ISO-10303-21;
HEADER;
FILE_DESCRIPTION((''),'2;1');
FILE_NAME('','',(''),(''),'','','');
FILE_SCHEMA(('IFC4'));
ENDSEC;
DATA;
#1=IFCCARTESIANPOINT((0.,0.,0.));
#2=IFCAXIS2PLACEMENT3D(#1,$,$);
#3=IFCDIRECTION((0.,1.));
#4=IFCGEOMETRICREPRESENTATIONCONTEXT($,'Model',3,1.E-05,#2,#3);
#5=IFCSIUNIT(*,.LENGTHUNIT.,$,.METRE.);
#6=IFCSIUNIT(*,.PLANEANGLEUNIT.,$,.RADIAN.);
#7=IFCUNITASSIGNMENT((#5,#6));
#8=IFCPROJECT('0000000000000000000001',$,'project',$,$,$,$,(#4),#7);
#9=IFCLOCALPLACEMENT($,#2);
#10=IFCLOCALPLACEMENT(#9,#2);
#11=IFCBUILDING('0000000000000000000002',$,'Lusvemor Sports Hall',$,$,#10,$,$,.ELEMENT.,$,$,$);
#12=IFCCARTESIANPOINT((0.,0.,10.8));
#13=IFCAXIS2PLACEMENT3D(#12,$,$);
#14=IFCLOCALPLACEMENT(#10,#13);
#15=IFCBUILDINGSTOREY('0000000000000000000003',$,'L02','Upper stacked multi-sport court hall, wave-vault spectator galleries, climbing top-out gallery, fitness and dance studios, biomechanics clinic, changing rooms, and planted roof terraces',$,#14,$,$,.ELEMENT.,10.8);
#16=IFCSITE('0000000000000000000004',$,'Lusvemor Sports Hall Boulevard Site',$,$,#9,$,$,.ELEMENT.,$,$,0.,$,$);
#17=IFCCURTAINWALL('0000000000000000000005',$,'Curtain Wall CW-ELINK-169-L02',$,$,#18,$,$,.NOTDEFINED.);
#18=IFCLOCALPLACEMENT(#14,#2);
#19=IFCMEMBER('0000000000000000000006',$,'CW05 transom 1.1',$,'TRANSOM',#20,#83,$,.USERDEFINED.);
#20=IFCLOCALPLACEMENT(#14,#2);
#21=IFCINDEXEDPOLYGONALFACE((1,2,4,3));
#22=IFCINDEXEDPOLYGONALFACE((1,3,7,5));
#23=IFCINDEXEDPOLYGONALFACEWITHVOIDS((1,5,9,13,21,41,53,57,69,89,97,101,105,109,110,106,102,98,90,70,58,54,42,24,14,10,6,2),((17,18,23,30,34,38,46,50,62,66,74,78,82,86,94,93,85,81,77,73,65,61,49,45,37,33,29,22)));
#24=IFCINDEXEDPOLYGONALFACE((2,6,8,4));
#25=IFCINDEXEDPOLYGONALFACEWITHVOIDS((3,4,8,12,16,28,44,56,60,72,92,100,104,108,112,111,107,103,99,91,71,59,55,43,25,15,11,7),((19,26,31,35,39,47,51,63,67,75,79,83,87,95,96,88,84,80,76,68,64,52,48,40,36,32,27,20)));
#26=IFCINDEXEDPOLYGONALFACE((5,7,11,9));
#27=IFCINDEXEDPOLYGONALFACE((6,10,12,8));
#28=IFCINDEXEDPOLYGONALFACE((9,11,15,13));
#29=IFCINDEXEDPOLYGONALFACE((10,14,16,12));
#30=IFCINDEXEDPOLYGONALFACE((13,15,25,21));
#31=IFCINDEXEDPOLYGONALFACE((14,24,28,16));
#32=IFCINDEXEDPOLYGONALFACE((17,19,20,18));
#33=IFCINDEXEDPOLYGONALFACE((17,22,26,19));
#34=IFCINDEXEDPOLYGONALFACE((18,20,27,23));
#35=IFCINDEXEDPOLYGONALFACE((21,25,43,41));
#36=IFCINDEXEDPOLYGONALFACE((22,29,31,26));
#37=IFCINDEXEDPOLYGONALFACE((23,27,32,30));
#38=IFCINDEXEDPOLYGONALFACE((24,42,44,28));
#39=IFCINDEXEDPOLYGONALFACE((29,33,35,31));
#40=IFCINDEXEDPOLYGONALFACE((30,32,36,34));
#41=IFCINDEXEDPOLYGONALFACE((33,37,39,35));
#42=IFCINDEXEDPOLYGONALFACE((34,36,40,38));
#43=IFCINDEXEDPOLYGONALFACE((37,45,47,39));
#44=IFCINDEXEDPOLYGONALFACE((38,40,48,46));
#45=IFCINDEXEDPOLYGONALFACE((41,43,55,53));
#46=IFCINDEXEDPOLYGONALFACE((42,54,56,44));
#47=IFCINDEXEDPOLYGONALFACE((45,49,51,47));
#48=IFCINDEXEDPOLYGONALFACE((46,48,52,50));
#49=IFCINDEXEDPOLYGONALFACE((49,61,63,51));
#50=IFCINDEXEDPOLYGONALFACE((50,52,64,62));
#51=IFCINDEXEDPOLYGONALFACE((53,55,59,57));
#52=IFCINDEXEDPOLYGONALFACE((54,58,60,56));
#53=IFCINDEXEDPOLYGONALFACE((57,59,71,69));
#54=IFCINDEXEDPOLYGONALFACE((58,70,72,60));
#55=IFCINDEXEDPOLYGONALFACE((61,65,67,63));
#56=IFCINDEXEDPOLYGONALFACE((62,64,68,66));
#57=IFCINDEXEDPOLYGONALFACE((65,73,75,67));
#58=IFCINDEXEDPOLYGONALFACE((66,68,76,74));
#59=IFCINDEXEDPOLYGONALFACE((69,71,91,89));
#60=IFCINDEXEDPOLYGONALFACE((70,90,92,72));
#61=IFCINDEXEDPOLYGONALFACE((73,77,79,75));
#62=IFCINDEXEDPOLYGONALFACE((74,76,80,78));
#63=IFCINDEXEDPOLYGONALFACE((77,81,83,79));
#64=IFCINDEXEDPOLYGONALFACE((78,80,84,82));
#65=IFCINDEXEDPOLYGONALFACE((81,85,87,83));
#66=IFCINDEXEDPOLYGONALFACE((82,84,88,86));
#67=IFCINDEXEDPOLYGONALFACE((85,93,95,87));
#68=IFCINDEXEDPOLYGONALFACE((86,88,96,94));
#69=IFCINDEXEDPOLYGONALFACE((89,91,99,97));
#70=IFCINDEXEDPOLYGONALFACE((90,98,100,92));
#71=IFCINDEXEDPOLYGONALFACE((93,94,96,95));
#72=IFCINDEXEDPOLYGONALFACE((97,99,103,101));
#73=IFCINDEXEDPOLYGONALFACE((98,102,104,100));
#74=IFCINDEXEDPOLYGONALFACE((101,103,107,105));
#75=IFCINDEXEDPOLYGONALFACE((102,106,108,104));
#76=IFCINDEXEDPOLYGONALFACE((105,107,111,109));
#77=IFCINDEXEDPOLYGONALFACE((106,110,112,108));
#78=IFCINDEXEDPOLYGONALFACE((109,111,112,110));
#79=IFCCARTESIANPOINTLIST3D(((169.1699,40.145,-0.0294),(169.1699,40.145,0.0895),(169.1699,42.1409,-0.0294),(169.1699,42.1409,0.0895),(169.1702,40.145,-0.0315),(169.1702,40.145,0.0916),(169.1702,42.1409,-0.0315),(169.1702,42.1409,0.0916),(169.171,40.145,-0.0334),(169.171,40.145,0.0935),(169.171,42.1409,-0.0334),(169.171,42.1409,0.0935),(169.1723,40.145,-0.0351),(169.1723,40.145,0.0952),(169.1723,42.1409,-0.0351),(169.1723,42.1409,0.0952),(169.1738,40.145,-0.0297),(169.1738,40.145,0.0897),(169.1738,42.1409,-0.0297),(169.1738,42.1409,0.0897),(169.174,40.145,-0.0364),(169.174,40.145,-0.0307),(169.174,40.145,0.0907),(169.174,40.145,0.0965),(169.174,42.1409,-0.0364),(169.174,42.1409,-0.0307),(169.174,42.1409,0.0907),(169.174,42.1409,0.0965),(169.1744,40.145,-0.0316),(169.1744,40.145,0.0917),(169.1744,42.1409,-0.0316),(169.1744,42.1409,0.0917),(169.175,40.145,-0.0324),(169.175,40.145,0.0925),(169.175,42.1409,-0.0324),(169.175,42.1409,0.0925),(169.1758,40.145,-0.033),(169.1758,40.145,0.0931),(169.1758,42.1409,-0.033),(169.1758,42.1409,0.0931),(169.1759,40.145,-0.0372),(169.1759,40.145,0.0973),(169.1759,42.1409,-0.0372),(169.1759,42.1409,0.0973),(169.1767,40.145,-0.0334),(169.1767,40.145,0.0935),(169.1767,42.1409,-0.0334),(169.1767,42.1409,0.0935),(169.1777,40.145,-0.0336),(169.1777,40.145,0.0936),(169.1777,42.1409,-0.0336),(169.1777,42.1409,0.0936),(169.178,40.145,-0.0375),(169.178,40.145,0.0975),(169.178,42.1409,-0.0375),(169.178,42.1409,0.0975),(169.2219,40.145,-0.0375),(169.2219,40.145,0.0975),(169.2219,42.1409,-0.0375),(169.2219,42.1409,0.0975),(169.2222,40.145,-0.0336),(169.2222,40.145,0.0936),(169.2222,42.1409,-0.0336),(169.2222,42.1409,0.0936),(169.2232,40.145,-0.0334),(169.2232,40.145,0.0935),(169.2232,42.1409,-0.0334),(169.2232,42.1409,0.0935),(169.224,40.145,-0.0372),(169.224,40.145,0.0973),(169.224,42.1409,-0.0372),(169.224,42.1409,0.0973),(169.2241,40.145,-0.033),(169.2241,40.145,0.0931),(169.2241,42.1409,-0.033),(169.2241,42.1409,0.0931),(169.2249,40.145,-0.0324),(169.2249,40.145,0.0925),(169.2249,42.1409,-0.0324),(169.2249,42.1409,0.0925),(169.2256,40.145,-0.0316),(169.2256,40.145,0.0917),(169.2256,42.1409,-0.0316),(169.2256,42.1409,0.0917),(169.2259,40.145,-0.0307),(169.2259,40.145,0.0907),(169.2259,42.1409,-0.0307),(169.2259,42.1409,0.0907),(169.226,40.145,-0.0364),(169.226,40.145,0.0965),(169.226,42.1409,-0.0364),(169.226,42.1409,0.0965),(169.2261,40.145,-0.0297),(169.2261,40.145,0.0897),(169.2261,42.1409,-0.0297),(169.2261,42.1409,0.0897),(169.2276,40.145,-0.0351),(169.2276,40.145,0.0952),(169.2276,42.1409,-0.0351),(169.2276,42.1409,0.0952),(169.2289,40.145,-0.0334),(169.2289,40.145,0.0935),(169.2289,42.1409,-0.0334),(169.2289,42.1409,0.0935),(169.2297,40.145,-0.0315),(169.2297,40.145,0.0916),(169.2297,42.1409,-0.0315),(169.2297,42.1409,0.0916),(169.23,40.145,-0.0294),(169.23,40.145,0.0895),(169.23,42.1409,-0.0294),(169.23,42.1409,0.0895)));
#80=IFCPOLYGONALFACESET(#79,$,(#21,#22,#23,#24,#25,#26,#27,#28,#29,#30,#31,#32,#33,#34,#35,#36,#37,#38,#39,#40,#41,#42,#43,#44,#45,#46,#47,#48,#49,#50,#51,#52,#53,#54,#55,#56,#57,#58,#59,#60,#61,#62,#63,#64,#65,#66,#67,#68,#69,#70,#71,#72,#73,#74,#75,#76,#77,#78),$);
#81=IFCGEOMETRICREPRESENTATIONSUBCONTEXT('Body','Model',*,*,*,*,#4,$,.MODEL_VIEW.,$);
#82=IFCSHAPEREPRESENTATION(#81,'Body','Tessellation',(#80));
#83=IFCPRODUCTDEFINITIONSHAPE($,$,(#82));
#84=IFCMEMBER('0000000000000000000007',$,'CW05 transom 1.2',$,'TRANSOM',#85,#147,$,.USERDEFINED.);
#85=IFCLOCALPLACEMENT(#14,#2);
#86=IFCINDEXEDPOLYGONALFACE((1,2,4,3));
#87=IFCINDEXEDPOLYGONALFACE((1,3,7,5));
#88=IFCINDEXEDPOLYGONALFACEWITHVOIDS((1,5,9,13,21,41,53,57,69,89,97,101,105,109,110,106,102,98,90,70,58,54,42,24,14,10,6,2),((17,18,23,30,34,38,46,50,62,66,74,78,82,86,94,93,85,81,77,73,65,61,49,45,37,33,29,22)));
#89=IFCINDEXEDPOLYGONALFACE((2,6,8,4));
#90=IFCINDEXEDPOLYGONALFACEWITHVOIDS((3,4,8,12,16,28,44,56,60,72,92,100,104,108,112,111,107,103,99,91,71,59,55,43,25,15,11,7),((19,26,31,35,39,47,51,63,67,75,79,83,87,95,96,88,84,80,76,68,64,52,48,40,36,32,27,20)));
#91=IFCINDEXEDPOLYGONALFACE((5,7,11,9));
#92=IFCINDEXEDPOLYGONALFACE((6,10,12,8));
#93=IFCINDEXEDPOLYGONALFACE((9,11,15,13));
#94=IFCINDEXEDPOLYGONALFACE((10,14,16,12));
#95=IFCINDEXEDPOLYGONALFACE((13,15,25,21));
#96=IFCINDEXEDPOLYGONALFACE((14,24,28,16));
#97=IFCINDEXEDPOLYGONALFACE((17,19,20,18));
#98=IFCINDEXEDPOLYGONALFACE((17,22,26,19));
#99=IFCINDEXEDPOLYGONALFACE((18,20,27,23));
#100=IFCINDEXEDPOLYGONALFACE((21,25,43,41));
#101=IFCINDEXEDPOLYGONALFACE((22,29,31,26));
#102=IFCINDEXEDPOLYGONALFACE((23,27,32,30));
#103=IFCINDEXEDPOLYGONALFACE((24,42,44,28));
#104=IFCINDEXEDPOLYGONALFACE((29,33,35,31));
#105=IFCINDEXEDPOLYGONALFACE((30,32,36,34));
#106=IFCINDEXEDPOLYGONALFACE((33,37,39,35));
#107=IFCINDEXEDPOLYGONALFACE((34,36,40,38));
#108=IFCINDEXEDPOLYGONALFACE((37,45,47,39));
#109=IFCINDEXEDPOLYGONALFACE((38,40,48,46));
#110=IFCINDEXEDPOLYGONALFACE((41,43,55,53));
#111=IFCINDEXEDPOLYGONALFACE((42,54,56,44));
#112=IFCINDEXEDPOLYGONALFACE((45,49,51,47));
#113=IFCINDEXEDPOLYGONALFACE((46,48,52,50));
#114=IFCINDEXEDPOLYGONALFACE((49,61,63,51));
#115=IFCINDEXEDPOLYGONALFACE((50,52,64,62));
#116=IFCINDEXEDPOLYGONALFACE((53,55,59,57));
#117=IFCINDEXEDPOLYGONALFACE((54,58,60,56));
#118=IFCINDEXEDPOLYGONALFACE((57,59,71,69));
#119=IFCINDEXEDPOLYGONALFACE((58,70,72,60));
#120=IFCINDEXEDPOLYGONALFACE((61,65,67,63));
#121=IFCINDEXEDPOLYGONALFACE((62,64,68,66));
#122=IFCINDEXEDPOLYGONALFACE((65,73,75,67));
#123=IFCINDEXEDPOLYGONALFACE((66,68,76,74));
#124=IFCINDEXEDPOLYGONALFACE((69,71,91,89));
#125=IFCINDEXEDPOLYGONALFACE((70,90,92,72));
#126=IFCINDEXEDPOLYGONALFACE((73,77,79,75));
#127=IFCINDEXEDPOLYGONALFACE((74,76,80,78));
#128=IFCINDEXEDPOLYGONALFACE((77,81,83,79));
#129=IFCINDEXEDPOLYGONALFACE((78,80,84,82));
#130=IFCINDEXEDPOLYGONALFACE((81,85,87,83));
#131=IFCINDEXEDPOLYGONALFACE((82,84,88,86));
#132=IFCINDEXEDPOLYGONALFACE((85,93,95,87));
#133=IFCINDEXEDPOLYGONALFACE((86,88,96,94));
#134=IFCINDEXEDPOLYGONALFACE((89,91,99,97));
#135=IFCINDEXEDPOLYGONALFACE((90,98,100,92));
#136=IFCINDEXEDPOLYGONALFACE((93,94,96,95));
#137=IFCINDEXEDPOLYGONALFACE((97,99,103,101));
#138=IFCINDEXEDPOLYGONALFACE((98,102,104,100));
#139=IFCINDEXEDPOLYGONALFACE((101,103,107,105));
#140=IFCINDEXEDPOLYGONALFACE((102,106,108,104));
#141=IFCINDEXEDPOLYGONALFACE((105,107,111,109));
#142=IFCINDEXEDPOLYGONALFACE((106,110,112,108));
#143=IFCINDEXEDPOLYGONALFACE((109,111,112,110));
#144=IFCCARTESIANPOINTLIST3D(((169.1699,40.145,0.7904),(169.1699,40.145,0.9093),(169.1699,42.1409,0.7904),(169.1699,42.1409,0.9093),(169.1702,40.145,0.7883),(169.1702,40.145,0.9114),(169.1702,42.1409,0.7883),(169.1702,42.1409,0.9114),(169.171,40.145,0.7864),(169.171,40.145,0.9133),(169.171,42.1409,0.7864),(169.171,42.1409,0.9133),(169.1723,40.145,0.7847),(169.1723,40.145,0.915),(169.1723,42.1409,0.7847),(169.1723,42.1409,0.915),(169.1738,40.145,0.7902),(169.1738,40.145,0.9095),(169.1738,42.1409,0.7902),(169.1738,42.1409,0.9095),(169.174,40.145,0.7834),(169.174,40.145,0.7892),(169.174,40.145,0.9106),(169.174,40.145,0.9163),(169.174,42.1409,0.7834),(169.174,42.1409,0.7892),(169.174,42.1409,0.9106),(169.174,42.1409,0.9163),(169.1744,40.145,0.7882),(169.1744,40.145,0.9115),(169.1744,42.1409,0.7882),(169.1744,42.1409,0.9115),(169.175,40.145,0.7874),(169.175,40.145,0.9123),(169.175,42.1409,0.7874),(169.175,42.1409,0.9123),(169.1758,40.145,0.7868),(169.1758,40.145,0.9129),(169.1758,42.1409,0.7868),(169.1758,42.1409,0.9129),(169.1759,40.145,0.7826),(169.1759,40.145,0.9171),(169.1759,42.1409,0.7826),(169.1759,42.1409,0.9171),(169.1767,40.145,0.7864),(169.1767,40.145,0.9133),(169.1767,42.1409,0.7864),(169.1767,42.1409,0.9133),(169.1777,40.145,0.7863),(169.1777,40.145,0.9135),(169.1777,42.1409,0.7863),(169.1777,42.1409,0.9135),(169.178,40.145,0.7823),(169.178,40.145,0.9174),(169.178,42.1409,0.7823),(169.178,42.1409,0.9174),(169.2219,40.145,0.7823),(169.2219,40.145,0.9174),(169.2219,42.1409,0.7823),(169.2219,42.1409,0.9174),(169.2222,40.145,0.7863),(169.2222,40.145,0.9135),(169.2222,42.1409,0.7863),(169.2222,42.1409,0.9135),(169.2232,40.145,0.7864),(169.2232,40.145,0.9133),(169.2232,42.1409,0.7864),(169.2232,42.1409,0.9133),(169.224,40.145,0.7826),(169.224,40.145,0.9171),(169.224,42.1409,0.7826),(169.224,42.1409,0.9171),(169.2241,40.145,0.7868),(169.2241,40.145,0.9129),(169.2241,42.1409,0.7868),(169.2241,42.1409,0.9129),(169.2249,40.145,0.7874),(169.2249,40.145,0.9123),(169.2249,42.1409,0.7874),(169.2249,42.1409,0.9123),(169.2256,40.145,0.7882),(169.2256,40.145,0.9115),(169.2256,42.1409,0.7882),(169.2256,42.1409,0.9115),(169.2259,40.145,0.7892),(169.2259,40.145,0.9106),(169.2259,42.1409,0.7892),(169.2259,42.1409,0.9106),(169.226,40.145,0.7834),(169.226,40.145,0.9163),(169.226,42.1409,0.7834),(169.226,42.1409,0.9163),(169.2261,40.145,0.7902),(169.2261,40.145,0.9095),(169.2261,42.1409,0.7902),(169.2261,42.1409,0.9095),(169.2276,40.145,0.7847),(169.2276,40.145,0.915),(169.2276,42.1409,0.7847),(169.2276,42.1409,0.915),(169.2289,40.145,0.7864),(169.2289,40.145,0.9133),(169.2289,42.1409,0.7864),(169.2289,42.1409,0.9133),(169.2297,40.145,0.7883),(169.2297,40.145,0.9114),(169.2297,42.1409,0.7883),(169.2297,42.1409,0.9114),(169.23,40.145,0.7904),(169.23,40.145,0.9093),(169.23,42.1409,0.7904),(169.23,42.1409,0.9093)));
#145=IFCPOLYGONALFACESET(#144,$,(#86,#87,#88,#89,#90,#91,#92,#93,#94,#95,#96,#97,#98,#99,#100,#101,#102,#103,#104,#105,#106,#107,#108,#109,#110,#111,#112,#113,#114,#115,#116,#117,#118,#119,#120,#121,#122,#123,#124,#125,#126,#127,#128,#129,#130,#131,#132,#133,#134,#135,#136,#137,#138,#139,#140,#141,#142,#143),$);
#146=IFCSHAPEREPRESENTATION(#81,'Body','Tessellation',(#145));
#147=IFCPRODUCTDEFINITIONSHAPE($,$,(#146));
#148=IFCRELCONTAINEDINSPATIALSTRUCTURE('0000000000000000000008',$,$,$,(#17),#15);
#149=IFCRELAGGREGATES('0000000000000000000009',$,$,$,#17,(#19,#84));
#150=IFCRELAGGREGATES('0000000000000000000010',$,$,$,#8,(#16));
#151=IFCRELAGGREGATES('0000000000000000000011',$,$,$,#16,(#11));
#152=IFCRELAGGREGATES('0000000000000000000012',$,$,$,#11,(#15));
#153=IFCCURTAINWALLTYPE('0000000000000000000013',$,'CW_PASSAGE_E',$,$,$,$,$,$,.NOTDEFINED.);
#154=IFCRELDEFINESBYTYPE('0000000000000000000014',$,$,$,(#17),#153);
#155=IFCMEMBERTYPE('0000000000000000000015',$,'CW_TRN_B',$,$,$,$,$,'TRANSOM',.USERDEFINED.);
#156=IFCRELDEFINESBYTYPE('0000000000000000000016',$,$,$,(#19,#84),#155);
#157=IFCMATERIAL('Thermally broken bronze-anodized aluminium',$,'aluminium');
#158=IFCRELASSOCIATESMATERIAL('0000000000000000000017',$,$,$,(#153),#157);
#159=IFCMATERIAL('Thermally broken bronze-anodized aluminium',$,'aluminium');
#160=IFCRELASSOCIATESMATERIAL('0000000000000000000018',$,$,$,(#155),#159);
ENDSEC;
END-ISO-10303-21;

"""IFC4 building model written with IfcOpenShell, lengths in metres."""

from ifc_helpers import new_model, si_unit, direction, frame, origin, origin_2d, place, context, subcontext, project, spatial, hollow_rectangle, extrude, material, material_profile, profile_set, type_object, element, aggregate, save


model = new_model("IFC4")

# Units and contexts
model_context = context("Model", 3, precision=1e-05, world=origin(), true_north=direction((0.0, 1.0)))
body_context = subcontext(model_context, "Body", "Model", "MODEL_VIEW")
ifc_project = project(units=[si_unit("LENGTHUNIT", "METRE"), si_unit("PLANEANGLEUNIT", "RADIAN")], contexts=[model_context])

# Site, building, storey
site_placement = place(None, origin())
site = spatial("IfcSite", under=ifc_project, at=site_placement, Name="Lusvemor Sports Hall Boulevard Site", CompositionType="ELEMENT", RefElevation=0.0)
building_placement = place(site_placement, origin())
building = spatial("IfcBuilding", under=site, at=building_placement, Name="Lusvemor Sports Hall", CompositionType="ELEMENT")
storey_placement = place(building_placement, frame((0.0, 0.0, 10.8)))
storey = spatial("IfcBuildingStorey", under=building, at=storey_placement, Name="L02", Description="Upper stacked multi-sport court hall, wave-vault spectator galleries, climbing top-out gallery, fitness and dance studios, biomechanics clinic, changing rooms, and planted roof terraces", CompositionType="ELEMENT", Elevation=10.8)

# Curtain wall
ifc_material_1 = material(Name="Thermally broken bronze-anodized aluminium", Category="aluminium")
curtain_wall_type_1 = type_object("IfcCurtainWallType", Name="CW_PASSAGE_E", PredefinedType="NOTDEFINED", material=ifc_material_1)
curtain_wall_1_placement = place(storey_placement, origin())
curtain_wall_1 = element("IfcCurtainWall", 1, at=curtain_wall_1_placement, inside=storey, type_object=curtain_wall_type_1, Name="Curtain Wall CW-ELINK-169-L02", PredefinedType="NOTDEFINED")

# Members
ifc_material_2 = material(Name="Thermally broken bronze-anodized aluminium", Category="aluminium")
ifc_material_profile_1 = material_profile(ifc_material_2, hollow_rectangle(XDim=0.0601, YDim=0.135, WallThickness=0.0039, InnerFilletRadius=0.0039, OuterFilletRadius=0.0081, at=origin_2d()), Name="CWTRN135x60x4")
ifc_profile_set_1 = profile_set([ifc_material_profile_1], Name="Thermally broken bronze-anodized aluminium")
member_type_1 = type_object("IfcMemberType", Name="CW_TRN_B", ElementType="TRANSOM", PredefinedType="USERDEFINED", material=ifc_profile_set_1)
member_1_placement = place(storey_placement, frame((169.2, 40.145, 0.03), z_axis=(0.0, 1.0, 0.0), x_axis=(-1.0, 0.0, 0.0)))
member_1 = element("IfcMember", 2, at=member_1_placement, type_object=member_type_1, Name="CW05 transom 1.1", ObjectType="TRANSOM", PredefinedType="USERDEFINED", context=body_context, shape_type="SweptSolid", body=[
    extrude(hollow_rectangle(XDim=0.0601, YDim=0.135, WallThickness=0.0039, InnerFilletRadius=0.0039, OuterFilletRadius=0.0081, at=origin_2d()), origin(), (0.0, 0.0, 1.0), 1.9958),
])
member_2_placement = place(storey_placement, frame((169.2, 40.145, 0.8499), z_axis=(0.0, 1.0, 0.0), x_axis=(-1.0, 0.0, 0.0)))
member_2 = element("IfcMember", 3, at=member_2_placement, type_object=member_type_1, Name="CW05 transom 1.2", ObjectType="TRANSOM", PredefinedType="USERDEFINED", context=body_context, shape_type="SweptSolid", body=[
    extrude(hollow_rectangle(XDim=0.0601, YDim=0.135, WallThickness=0.0039, InnerFilletRadius=0.0039, OuterFilletRadius=0.0081, at=origin_2d()), origin(), (0.0, 0.0, 1.0), 1.9958),
])

aggregate(curtain_wall_1, [member_1, member_2])

save(model, "model.ifc")
